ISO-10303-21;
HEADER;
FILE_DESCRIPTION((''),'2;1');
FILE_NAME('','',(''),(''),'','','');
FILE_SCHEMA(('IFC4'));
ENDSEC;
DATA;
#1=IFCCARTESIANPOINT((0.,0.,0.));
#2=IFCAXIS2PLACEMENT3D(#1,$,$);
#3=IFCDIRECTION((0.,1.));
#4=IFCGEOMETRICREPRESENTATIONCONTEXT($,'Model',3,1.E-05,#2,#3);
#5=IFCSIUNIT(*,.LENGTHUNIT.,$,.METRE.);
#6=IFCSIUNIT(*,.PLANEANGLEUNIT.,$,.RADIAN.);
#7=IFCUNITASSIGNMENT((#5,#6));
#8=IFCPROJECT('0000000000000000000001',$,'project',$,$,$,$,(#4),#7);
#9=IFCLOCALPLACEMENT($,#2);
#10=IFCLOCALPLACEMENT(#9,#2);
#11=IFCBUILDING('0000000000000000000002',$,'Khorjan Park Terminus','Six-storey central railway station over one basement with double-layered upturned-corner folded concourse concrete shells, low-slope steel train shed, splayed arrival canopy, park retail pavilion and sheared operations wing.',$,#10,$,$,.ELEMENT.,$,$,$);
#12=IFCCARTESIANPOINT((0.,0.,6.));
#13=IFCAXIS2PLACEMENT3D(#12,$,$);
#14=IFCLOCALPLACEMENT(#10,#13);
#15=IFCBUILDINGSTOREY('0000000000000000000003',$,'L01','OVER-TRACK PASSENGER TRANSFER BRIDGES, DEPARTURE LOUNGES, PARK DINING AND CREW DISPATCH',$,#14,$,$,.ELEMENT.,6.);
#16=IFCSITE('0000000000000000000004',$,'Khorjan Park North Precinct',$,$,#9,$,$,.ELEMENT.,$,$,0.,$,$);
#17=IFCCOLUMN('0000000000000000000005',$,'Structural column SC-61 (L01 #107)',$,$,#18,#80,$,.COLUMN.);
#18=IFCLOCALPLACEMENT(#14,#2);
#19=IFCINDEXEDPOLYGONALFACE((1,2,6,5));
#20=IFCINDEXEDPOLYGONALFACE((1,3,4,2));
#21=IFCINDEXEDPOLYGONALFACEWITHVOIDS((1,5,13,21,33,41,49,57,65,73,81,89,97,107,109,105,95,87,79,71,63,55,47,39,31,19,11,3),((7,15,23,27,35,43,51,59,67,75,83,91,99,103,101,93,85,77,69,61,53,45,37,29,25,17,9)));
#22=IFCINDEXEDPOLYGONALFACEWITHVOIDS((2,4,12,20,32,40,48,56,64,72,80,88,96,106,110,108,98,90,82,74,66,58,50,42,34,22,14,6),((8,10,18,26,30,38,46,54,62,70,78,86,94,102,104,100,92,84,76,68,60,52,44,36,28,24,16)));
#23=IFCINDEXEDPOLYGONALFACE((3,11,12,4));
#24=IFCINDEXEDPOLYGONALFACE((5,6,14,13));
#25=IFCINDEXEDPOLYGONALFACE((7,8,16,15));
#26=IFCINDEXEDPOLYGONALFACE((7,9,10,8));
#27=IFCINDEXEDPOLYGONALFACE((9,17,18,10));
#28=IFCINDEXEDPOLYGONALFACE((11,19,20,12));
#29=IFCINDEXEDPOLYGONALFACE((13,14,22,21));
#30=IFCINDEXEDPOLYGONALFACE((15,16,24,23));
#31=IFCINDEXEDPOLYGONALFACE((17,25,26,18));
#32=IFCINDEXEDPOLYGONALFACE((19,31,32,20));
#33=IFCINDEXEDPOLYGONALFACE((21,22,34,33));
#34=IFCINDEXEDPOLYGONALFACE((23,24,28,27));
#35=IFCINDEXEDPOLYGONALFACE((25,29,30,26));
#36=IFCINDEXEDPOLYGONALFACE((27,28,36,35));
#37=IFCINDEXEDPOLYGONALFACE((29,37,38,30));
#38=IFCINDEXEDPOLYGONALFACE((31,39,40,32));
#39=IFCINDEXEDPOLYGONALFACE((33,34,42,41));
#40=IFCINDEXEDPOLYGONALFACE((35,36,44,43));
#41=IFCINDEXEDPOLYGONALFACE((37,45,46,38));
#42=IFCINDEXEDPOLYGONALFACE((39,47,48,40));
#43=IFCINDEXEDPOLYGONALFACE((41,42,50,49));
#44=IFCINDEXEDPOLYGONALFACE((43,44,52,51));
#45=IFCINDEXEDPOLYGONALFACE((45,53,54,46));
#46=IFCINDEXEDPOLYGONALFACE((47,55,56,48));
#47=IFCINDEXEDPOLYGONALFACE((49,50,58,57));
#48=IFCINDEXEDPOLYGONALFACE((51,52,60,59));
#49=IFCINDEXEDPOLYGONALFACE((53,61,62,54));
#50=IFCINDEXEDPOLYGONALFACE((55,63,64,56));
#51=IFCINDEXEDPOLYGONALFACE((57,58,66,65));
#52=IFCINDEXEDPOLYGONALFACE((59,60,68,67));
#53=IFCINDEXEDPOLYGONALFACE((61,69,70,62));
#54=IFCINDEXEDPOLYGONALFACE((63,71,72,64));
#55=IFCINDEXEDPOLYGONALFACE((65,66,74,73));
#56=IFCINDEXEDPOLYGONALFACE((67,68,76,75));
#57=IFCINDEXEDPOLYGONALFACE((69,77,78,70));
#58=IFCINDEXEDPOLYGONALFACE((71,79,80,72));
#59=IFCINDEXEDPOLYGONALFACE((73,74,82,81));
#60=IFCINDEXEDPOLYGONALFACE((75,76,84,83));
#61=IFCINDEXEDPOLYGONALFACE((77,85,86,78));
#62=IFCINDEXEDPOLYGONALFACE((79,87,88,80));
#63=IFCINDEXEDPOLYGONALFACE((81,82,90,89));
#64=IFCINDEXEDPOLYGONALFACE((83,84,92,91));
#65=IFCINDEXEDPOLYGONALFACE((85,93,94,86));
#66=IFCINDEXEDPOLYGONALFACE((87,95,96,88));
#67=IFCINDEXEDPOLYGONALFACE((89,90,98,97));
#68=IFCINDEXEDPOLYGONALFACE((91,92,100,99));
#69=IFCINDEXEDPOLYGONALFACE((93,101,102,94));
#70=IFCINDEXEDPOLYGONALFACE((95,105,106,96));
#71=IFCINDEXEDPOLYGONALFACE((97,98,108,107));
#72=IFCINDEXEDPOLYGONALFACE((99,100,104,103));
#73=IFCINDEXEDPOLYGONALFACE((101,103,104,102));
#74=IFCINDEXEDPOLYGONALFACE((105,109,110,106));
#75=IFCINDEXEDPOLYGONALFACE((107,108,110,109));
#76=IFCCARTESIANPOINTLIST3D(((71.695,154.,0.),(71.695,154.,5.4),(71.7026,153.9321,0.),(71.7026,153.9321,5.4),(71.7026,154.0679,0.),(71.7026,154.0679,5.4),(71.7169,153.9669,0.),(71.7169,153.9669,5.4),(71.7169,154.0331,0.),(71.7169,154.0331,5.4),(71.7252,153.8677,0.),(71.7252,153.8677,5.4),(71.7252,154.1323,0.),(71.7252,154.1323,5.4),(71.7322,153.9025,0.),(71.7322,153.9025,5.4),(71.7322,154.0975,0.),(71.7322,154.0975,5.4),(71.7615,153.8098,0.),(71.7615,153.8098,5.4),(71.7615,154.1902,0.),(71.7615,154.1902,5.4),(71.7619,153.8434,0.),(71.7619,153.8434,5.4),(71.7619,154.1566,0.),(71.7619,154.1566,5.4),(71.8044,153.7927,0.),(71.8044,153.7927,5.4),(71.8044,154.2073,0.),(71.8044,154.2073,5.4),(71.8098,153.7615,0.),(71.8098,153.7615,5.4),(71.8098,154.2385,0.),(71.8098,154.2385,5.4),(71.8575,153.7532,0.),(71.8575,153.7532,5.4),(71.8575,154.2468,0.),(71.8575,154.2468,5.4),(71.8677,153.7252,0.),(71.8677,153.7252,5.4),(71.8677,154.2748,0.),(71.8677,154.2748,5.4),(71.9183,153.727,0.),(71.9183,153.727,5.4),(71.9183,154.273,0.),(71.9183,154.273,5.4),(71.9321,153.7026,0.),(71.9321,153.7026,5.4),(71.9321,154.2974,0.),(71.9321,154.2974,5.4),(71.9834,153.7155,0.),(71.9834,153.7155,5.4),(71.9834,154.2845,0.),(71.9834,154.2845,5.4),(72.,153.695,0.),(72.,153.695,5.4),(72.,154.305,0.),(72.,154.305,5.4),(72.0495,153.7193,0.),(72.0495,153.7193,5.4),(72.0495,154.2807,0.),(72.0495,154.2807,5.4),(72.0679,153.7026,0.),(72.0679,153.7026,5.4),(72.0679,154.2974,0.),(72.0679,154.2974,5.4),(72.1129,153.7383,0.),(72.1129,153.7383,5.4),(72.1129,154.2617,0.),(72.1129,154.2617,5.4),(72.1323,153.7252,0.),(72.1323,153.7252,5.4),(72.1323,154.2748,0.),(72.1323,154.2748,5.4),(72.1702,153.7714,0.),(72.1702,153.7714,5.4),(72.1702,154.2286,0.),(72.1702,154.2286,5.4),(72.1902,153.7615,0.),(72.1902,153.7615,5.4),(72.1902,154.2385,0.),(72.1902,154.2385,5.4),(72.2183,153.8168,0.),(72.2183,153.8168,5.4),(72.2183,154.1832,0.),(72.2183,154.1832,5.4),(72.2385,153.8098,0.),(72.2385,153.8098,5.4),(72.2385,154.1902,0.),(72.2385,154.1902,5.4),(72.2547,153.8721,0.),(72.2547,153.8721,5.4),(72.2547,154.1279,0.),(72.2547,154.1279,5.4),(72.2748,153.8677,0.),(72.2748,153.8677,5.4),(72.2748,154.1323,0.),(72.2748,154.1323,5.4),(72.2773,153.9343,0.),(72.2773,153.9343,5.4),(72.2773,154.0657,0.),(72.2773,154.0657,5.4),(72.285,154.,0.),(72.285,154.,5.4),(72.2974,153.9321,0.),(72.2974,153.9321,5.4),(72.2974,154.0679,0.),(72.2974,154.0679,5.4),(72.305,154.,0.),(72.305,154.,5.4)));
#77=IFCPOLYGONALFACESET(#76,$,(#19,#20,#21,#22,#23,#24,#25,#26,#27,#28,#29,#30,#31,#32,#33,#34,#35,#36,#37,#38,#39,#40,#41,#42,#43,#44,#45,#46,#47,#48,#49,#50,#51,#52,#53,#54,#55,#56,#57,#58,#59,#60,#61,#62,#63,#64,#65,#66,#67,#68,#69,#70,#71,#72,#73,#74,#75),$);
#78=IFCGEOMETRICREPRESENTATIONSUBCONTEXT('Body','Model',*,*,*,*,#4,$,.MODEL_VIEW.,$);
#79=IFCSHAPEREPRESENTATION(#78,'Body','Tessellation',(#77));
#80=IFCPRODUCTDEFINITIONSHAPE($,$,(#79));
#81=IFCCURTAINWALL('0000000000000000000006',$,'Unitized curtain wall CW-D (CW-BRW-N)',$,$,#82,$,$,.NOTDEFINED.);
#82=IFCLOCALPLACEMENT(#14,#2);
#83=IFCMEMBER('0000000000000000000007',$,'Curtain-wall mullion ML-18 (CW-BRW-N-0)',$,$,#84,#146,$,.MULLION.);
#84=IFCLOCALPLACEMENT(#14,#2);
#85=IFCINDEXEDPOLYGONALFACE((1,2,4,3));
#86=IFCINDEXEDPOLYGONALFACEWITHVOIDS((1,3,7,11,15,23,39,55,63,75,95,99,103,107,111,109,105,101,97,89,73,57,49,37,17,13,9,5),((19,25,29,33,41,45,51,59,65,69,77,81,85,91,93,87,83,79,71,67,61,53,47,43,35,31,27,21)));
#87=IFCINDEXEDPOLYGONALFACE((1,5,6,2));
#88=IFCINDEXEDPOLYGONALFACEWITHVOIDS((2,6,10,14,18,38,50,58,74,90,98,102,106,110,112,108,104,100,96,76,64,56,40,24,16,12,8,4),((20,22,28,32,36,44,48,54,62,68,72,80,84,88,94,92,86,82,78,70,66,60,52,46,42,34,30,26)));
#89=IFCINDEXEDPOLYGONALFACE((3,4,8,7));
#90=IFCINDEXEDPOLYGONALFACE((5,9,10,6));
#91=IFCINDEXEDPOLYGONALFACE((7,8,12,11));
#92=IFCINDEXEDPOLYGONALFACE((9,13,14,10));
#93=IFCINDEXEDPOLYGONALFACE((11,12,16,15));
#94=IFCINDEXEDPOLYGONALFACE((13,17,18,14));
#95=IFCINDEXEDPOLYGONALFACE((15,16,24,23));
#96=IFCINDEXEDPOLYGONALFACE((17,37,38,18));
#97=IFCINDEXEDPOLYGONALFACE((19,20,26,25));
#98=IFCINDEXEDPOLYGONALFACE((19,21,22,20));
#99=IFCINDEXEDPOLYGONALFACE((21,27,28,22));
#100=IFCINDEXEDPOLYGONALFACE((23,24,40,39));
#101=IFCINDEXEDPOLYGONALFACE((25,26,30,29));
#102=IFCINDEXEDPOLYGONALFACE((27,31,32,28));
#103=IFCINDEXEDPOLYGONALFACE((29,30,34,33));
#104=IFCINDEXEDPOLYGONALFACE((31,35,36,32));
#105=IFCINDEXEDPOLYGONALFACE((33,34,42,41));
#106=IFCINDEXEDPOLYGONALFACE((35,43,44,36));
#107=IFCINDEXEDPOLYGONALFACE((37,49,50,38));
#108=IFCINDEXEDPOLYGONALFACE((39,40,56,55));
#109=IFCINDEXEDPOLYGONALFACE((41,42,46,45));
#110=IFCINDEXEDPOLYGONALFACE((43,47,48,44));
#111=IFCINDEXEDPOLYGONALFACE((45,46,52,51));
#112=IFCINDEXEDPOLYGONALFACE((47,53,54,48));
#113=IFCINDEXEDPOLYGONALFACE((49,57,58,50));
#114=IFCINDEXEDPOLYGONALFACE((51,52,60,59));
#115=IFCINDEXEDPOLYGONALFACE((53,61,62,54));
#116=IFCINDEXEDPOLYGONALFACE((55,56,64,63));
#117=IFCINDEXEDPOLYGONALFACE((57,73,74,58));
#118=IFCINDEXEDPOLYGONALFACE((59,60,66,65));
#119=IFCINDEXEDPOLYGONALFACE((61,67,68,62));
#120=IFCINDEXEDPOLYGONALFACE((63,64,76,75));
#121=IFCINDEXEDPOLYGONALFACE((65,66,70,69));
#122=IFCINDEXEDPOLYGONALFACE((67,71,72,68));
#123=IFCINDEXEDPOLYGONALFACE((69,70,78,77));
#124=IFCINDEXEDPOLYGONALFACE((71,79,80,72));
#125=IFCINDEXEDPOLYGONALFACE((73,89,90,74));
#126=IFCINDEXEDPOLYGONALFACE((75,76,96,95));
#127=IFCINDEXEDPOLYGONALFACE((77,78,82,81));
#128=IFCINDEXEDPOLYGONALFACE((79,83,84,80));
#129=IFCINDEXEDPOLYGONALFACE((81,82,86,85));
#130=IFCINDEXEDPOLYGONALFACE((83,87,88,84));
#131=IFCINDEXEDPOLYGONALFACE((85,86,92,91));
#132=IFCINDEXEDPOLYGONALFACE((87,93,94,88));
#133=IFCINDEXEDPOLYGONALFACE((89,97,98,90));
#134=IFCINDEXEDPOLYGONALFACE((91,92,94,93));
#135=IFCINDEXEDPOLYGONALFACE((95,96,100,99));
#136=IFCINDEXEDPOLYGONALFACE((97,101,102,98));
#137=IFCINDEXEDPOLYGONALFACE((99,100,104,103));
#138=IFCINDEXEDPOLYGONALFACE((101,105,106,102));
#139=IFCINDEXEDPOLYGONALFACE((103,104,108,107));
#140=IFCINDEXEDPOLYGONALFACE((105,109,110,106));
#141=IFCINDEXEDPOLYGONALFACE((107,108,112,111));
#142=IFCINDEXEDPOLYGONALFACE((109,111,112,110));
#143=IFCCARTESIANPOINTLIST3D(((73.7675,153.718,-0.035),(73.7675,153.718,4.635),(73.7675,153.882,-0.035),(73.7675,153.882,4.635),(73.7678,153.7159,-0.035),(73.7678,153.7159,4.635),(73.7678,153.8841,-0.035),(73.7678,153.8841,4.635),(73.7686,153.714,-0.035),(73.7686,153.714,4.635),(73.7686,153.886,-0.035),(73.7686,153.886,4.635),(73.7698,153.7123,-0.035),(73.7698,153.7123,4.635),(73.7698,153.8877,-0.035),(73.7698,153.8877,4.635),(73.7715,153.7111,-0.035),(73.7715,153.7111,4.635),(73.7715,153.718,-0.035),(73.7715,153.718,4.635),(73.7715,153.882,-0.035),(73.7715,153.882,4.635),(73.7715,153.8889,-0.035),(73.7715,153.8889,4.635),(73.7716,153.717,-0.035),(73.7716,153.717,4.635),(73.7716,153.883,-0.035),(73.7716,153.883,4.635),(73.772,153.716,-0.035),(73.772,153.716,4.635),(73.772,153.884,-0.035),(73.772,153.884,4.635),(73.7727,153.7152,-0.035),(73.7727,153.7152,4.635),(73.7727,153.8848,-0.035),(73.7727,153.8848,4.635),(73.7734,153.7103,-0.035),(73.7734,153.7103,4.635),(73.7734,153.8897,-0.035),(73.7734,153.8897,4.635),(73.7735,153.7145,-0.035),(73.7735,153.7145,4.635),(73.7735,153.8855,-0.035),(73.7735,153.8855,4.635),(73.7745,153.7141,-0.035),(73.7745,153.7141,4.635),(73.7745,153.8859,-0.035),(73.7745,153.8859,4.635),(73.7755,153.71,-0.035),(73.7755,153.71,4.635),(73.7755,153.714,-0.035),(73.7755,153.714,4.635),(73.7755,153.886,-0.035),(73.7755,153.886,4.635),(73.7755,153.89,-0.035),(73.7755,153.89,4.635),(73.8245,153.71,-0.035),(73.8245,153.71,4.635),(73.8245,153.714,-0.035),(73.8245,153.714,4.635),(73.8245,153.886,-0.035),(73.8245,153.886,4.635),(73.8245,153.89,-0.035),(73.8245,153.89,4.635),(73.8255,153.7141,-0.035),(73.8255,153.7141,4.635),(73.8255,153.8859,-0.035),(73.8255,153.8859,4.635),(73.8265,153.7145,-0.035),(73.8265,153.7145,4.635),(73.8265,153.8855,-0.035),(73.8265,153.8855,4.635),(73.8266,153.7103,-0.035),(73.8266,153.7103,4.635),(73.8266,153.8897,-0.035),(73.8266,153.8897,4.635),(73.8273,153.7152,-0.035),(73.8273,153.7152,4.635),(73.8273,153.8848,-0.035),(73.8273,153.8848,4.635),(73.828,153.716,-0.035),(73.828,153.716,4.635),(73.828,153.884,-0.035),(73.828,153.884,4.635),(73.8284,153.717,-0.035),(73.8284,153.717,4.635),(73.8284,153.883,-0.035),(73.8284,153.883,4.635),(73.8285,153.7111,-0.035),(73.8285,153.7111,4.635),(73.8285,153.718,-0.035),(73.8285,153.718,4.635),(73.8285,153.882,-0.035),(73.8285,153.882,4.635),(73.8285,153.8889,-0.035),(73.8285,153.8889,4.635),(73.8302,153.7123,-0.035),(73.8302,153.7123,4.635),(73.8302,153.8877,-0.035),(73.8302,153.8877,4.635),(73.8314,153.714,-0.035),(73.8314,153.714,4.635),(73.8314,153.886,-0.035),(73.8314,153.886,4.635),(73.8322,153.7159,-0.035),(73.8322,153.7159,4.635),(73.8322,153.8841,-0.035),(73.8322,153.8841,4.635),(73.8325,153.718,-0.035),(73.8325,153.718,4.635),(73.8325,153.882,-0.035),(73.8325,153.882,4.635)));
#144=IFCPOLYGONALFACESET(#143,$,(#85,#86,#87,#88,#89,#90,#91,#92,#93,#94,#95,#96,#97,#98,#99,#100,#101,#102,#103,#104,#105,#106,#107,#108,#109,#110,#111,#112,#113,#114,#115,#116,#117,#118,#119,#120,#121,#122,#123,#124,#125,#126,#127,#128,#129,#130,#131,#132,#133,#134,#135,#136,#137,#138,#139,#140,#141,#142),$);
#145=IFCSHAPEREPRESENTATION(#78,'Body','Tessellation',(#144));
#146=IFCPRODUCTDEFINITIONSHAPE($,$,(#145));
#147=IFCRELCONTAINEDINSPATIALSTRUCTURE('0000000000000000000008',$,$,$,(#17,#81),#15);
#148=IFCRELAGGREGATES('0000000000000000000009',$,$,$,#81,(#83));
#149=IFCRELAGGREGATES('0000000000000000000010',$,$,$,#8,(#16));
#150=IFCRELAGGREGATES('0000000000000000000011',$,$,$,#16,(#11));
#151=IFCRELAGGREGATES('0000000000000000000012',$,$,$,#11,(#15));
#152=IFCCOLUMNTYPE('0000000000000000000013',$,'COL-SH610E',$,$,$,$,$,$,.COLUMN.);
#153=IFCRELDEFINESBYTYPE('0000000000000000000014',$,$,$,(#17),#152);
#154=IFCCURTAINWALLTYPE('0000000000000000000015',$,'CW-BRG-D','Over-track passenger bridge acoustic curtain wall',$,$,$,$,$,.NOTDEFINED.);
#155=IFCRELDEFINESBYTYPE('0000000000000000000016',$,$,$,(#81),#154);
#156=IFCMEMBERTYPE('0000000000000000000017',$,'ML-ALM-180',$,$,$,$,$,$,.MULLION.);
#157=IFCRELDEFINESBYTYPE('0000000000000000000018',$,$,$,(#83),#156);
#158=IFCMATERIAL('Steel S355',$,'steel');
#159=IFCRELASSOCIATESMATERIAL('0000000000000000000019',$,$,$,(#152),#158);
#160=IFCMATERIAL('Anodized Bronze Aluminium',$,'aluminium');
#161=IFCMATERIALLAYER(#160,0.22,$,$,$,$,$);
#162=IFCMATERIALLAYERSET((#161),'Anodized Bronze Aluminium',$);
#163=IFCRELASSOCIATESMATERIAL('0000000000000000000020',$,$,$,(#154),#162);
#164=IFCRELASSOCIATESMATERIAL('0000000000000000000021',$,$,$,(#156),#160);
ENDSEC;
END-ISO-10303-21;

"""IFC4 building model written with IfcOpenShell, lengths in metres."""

from ifc_helpers import new_model, si_unit, direction, frame, origin, origin_2d, place, context, subcontext, project, spatial, hollow_rectangle, hollow_circle, extrude, material, layer, layer_set, material_profile, profile_set, type_object, element, aggregate, save


model = new_model("IFC4")

# Units and contexts
model_context = context("Model", 3, precision=1e-05, world=origin(), true_north=direction((0.0, 1.0)))
body_context = subcontext(model_context, "Body", "Model", "MODEL_VIEW")
ifc_project = project(units=[si_unit("LENGTHUNIT", "METRE"), si_unit("PLANEANGLEUNIT", "RADIAN")], contexts=[model_context])

# Site, building, storey
site_placement = place(None, origin())
site = spatial("IfcSite", under=ifc_project, at=site_placement, Name="Khorjan Park North Precinct", CompositionType="ELEMENT", RefElevation=0.0)
building_placement = place(site_placement, origin())
building = spatial("IfcBuilding", under=site, at=building_placement, Name="Khorjan Park Terminus", Description="Six-storey central railway station over one basement with double-layered upturned-corner folded concourse concrete shells, low-slope steel train shed, splayed arrival canopy, park retail pavilion and sheared operations wing.", CompositionType="ELEMENT")
storey_placement = place(building_placement, frame((0.0, 0.0, 6.0)))
storey = spatial("IfcBuildingStorey", under=building, at=storey_placement, Name="L01", Description="OVER-TRACK PASSENGER TRANSFER BRIDGES, DEPARTURE LOUNGES, PARK DINING AND CREW DISPATCH", CompositionType="ELEMENT", Elevation=6.0)

# Column
ifc_material_1 = material(Name="Steel S355", Category="steel")
ifc_material_profile_1 = material_profile(ifc_material_1, hollow_circle(Radius=0.305, WallThickness=0.02, at=origin_2d()), Name="CHS 610x20")
ifc_profile_set_1 = profile_set([ifc_material_profile_1], Name="Steel S355")
column_type = type_object("IfcColumnType", Name="COL-SH610E", PredefinedType="COLUMN", material=ifc_profile_set_1)
column_placement = place(storey_placement, frame((72.0, 154.0, 0.0), z_axis=(0.0, 0.0, 1.0), x_axis=(1.0, 0.0, 0.0)))
element("IfcColumn", 1, at=column_placement, inside=storey, type_object=column_type, Name="Structural column SC-61 (L01 #107)", PredefinedType="COLUMN", context=body_context, shape_type="SweptSolid", body=[
    extrude(hollow_circle(Radius=0.305, WallThickness=0.02, at=origin_2d()), origin(), (0.0, 0.0, 1.0), 5.4),
])

# Curtain wall, member
ifc_material_2 = material(Name="Anodized Bronze Aluminium", Category="aluminium")
ifc_layer_1 = layer(ifc_material_2, 0.22)
ifc_layer_set_1 = layer_set([ifc_layer_1], Name="Anodized Bronze Aluminium")
curtain_wall_type = type_object("IfcCurtainWallType", Name="CW-BRG-D", Description="Over-track passenger bridge acoustic curtain wall", PredefinedType="NOTDEFINED", material=ifc_layer_set_1)
curtain_wall_placement = place(storey_placement, origin())
curtain_wall = element("IfcCurtainWall", 2, at=curtain_wall_placement, inside=storey, type_object=curtain_wall_type, Name="Unitized curtain wall CW-D (CW-BRW-N)", PredefinedType="NOTDEFINED")
ifc_material_profile_2 = material_profile(ifc_material_2, hollow_rectangle(XDim=0.065, YDim=0.18, WallThickness=0.004, InnerFilletRadius=0.004, OuterFilletRadius=0.008, at=origin_2d()), Name="ALM 65x180x4")
ifc_profile_set_2 = profile_set([ifc_material_profile_2], Name="Anodized Bronze Aluminium")
member_type_1 = type_object("IfcMemberType", Name="ML-ALM-180", PredefinedType="MULLION", material=ifc_profile_set_2)
member_1_placement = place(storey_placement, frame((73.8, 153.8, -0.035), z_axis=(0.0, 0.0, 1.0), x_axis=(-1.0, 0.0, 0.0)))
member_1 = element("IfcMember", 3, at=member_1_placement, type_object=member_type_1, Name="Curtain-wall mullion ML-18 (CW-BRW-N-0)", PredefinedType="MULLION", context=body_context, shape_type="SweptSolid", body=[
    extrude(hollow_rectangle(XDim=0.065, YDim=0.18, WallThickness=0.004, InnerFilletRadius=0.004, OuterFilletRadius=0.008, at=origin_2d()), origin(), (0.0, 0.0, 1.0), 4.67),
])
aggregate(curtain_wall, [member_1])

save(model, "model.ifc")
